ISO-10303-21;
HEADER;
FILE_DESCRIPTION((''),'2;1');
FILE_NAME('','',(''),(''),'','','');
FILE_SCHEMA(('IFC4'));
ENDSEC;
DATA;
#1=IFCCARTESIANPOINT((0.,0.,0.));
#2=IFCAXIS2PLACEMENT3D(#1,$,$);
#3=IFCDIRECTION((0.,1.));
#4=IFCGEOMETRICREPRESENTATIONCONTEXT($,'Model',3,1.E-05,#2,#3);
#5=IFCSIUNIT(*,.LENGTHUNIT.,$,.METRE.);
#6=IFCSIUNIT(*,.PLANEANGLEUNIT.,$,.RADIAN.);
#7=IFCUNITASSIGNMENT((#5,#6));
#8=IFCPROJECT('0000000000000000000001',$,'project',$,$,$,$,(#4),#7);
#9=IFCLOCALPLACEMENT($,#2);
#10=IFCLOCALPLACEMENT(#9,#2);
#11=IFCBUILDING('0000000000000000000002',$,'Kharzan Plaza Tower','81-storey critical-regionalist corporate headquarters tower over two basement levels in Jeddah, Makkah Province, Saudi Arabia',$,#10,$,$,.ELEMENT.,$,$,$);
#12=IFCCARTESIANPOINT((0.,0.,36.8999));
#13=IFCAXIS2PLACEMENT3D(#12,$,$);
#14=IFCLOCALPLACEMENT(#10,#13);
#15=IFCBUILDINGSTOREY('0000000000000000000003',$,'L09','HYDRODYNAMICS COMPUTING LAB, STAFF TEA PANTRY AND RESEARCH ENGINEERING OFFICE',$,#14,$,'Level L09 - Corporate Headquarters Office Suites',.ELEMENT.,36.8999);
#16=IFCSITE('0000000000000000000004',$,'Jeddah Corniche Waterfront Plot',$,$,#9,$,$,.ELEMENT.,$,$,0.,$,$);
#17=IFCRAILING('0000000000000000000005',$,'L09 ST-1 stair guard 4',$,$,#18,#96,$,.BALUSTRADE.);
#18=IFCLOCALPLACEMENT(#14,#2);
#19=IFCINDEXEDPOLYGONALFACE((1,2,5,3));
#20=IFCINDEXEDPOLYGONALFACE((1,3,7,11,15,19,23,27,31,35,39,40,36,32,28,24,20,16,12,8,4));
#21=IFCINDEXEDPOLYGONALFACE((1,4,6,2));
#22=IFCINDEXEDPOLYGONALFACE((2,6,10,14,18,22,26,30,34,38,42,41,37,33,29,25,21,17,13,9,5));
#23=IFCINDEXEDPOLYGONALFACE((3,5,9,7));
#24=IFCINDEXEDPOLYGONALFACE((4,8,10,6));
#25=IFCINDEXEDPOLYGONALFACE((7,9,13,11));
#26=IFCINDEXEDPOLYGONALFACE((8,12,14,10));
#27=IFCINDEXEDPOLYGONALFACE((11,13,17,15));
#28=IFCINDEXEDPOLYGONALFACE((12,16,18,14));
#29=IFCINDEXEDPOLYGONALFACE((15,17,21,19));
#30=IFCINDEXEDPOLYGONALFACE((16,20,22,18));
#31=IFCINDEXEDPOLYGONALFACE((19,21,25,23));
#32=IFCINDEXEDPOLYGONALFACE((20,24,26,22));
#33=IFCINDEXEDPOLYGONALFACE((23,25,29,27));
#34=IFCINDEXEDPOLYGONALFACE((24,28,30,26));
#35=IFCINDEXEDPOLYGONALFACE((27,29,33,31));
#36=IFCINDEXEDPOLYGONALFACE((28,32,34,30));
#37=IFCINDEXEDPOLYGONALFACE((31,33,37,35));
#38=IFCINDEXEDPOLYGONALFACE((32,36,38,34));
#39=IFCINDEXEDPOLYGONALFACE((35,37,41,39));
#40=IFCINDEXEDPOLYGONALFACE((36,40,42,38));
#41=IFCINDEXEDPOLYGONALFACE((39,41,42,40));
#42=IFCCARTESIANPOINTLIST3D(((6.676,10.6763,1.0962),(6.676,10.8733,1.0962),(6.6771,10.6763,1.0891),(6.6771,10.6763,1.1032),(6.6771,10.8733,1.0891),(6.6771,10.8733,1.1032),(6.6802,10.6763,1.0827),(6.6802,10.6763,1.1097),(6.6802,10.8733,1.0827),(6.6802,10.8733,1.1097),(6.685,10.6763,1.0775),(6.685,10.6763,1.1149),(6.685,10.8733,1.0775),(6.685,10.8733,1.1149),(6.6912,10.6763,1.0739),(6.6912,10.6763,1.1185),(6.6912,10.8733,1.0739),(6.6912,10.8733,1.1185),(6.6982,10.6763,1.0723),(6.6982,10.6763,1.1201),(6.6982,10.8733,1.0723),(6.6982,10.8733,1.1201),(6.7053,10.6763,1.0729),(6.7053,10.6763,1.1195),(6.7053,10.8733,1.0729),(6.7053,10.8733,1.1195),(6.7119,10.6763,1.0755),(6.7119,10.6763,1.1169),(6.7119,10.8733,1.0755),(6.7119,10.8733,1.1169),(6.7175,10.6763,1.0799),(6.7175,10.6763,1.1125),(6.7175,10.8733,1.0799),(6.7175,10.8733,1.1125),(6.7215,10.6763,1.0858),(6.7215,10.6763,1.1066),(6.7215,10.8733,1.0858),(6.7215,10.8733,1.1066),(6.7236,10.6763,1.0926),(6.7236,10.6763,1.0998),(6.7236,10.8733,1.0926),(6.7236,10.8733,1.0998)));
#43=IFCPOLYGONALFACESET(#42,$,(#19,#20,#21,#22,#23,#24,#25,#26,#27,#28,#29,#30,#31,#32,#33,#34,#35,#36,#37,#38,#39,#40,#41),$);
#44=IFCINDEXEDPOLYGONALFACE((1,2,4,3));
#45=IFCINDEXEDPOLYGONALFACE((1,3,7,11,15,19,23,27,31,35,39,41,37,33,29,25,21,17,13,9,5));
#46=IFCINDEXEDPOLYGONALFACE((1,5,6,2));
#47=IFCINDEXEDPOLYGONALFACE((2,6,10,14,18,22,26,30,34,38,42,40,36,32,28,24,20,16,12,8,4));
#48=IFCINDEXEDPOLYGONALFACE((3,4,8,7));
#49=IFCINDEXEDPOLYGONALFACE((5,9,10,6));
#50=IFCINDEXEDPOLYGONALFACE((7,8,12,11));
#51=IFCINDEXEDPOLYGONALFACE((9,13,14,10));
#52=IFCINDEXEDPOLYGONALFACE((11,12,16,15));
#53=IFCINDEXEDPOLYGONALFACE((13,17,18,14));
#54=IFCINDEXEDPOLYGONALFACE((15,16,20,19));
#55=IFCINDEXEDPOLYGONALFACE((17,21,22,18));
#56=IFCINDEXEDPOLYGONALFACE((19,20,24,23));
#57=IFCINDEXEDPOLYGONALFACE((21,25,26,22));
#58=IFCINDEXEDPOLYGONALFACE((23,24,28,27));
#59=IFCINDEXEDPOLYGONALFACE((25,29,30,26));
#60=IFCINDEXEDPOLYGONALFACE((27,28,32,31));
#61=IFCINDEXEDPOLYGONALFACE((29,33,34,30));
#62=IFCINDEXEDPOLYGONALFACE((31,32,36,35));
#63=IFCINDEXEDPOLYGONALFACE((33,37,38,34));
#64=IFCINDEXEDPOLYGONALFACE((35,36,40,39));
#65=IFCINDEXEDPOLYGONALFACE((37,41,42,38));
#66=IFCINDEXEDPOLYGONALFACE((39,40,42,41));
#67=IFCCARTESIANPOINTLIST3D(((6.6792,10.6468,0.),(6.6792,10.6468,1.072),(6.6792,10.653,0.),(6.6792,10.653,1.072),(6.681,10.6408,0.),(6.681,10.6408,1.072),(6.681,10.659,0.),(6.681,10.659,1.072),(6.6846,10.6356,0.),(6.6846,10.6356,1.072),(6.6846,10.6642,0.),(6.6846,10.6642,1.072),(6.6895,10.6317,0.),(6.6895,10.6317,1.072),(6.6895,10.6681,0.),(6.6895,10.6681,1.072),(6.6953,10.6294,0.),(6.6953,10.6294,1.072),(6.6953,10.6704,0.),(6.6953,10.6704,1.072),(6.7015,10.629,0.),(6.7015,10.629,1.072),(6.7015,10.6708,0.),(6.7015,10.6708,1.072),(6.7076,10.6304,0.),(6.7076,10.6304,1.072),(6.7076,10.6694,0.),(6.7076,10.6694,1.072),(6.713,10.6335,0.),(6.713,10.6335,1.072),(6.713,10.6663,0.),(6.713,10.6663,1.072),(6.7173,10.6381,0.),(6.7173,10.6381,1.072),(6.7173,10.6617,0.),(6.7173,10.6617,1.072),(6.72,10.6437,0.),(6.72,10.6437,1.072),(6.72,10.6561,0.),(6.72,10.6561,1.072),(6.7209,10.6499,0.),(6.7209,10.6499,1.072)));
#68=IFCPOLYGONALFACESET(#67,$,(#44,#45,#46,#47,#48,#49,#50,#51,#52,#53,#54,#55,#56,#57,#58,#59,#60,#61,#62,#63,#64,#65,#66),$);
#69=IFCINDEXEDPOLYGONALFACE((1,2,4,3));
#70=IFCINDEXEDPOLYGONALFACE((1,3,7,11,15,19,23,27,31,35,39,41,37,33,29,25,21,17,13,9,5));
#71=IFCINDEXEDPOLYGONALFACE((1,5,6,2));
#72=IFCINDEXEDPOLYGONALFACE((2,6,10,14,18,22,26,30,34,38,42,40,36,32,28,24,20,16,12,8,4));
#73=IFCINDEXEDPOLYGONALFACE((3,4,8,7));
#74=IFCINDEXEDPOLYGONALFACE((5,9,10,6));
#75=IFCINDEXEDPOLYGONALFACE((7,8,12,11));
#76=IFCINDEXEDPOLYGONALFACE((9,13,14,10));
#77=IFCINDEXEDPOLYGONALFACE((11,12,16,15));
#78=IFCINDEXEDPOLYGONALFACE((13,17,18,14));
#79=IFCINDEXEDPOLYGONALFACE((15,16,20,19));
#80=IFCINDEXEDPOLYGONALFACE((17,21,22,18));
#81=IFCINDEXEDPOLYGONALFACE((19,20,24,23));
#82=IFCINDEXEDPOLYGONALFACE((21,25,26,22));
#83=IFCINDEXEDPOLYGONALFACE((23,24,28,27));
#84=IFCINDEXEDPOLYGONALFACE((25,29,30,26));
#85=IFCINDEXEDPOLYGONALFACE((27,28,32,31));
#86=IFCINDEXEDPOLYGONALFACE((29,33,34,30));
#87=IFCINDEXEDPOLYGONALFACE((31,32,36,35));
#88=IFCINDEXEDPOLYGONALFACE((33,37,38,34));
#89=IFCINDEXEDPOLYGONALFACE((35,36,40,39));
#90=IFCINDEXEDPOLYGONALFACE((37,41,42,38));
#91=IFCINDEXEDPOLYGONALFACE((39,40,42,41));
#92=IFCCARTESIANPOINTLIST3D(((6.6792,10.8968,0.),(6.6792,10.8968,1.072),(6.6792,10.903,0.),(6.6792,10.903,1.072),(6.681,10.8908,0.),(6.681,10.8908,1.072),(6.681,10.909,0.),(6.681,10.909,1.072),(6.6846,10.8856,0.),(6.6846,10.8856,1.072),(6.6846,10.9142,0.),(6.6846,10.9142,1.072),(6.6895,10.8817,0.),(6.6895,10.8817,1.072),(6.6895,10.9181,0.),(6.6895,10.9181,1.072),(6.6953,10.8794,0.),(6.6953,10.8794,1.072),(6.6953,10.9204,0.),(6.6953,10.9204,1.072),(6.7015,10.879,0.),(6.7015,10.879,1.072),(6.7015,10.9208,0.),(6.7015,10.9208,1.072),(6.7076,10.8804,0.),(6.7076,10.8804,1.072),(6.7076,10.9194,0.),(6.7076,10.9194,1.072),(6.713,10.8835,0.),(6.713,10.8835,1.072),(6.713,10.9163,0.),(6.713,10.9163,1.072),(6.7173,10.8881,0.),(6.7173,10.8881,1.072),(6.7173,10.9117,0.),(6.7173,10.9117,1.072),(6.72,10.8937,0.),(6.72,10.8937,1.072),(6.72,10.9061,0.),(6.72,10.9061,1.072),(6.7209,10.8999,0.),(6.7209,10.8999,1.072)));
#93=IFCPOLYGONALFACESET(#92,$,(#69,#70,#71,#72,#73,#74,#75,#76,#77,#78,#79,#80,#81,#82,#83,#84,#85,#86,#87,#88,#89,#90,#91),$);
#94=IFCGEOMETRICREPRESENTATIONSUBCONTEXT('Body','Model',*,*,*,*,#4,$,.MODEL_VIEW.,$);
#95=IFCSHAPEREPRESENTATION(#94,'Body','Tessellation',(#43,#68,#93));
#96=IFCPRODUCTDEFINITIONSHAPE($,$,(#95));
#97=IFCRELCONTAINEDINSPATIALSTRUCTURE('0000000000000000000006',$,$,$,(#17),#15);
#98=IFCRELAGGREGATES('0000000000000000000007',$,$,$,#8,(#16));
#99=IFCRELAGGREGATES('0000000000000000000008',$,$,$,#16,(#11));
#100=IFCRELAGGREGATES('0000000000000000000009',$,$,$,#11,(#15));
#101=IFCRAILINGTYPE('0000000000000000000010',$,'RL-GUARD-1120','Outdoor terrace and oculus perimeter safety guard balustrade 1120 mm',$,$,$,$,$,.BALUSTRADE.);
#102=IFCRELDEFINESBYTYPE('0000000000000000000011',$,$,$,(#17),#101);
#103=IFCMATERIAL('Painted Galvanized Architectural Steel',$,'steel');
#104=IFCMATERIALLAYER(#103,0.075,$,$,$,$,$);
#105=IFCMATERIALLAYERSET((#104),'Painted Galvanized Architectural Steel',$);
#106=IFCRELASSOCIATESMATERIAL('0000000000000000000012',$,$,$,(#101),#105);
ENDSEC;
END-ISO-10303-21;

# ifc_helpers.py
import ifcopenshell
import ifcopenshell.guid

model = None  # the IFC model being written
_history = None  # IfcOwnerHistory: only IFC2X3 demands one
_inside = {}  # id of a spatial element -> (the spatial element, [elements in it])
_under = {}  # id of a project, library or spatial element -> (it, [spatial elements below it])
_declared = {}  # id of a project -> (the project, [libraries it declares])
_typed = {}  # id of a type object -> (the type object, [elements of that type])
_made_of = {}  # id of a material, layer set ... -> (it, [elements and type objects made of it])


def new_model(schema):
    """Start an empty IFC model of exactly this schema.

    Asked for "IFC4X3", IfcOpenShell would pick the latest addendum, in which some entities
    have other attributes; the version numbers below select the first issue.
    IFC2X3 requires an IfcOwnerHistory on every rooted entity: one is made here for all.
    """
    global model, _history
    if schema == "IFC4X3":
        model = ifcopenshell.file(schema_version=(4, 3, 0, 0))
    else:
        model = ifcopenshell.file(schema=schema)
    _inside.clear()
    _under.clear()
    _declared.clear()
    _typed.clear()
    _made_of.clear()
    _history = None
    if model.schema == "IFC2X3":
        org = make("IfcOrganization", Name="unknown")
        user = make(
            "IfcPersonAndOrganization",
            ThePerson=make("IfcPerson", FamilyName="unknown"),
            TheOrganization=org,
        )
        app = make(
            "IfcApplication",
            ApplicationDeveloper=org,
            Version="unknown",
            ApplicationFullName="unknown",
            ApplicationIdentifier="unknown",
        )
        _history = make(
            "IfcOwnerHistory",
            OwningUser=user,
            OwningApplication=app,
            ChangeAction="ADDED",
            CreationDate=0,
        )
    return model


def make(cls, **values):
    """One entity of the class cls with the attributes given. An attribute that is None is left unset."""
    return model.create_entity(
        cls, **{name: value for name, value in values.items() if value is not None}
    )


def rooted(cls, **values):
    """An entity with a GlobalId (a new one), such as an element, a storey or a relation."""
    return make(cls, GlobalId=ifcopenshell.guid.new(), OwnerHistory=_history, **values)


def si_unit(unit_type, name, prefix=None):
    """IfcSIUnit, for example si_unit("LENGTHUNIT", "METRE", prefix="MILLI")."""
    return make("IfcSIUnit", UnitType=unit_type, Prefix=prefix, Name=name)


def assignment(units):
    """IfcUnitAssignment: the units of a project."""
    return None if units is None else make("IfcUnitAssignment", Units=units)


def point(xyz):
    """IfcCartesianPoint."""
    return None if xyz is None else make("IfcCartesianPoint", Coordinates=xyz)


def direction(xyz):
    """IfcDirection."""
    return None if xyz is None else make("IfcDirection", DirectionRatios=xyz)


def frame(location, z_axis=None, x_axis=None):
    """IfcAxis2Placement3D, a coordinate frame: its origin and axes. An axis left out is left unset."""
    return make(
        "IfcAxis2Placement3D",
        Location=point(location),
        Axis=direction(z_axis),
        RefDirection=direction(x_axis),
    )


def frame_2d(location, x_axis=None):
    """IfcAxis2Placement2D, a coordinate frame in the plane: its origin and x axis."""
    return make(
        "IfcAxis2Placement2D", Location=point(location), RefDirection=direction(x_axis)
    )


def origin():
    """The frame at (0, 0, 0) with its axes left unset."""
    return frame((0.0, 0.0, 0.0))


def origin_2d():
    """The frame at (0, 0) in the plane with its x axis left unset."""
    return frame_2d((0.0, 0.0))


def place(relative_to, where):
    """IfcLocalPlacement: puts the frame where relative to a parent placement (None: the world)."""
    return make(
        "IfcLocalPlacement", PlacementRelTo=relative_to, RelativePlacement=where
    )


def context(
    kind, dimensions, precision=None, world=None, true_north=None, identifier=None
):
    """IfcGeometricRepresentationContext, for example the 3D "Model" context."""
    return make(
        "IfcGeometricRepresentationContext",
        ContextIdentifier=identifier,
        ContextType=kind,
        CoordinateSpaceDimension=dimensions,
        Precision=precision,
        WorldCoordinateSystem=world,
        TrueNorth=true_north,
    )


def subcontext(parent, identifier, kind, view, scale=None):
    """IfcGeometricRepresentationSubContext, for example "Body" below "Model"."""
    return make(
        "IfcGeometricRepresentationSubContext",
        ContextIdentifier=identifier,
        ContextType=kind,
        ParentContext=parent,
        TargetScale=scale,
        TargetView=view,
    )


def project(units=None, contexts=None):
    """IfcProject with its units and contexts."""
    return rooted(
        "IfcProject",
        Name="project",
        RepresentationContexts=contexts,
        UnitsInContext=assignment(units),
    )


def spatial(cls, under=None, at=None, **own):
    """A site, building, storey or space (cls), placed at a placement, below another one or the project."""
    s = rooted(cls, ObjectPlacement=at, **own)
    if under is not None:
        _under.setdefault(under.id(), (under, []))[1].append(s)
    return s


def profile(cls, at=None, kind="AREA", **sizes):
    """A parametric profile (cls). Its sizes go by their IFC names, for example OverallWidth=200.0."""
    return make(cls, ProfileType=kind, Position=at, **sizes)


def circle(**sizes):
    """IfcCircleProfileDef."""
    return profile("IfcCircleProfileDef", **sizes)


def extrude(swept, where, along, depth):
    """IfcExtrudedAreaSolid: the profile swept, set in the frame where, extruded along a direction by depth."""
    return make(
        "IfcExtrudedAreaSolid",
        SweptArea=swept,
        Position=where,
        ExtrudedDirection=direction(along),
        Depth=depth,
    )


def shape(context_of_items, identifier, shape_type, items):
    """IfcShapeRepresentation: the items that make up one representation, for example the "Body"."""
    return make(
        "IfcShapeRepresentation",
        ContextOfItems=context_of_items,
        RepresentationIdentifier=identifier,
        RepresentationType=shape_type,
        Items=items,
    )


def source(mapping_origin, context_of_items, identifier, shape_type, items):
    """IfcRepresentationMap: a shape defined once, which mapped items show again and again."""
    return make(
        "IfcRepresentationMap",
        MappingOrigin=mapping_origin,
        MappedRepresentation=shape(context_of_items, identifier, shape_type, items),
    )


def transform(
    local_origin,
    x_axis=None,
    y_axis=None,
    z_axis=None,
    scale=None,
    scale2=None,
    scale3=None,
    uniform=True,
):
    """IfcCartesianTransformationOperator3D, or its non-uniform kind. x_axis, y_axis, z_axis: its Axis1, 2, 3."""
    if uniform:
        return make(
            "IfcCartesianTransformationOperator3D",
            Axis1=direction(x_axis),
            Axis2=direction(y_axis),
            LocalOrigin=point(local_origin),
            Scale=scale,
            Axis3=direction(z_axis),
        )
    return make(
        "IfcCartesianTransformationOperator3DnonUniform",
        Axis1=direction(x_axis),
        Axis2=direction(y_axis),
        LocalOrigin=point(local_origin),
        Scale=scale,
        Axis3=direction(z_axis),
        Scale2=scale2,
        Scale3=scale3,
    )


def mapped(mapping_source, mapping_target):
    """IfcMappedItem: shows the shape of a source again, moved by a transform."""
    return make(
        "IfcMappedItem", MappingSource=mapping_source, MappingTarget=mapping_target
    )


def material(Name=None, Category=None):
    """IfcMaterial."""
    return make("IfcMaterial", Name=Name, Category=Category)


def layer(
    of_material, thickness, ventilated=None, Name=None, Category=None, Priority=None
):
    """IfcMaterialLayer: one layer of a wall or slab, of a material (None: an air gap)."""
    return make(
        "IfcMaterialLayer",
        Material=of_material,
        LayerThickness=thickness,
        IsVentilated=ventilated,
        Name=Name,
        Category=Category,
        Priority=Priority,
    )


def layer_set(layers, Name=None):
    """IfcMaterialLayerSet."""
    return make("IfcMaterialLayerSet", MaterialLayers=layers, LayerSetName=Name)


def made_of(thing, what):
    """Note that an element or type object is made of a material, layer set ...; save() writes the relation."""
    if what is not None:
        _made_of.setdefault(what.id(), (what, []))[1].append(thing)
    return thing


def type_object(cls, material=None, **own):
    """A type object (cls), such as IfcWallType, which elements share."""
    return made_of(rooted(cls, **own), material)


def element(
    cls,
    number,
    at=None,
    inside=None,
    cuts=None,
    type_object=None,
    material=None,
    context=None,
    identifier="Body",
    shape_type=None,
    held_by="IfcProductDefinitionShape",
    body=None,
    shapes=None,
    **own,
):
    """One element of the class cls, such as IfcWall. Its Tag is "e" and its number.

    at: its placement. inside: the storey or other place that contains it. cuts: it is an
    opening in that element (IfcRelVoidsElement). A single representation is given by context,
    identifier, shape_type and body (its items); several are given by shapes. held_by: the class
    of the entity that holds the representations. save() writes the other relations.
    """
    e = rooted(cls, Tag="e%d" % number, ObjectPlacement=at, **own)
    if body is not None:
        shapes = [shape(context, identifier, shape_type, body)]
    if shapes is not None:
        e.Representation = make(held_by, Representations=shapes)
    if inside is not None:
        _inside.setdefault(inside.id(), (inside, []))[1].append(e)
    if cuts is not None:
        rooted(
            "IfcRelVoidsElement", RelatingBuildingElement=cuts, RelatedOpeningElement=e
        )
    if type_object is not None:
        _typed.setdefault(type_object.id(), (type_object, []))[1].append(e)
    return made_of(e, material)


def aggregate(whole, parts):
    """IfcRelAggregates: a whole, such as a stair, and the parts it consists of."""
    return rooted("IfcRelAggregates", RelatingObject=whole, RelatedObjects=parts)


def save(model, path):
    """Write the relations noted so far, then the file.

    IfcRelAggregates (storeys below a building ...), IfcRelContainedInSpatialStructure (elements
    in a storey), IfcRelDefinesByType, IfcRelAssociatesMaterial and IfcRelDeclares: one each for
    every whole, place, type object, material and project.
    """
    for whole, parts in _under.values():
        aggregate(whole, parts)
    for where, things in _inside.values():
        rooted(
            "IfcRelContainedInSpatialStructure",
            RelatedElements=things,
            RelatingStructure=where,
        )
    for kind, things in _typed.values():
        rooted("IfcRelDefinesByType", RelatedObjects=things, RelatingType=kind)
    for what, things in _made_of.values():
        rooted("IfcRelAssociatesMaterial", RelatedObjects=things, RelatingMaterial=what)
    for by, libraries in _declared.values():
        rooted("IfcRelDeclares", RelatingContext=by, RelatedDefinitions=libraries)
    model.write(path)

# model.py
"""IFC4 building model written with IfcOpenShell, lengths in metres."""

from ifc_helpers import new_model, si_unit, direction, frame, origin, origin_2d, place, context, subcontext, project, spatial, circle, extrude, source, transform, mapped, material, layer, layer_set, type_object, element, save


model = new_model("IFC4")

# Units and contexts
model_context = context("Model", 3, precision=1e-05, world=origin(), true_north=direction((0.0, 1.0)))
body_context = subcontext(model_context, "Body", "Model", "MODEL_VIEW")
ifc_project = project(units=[si_unit("LENGTHUNIT", "METRE"), si_unit("PLANEANGLEUNIT", "RADIAN")], contexts=[model_context])

# Site, building, storey
site_placement = place(None, origin())
site = spatial("IfcSite", under=ifc_project, at=site_placement, Name="Jeddah Corniche Waterfront Plot", CompositionType="ELEMENT", RefElevation=0.0)
building_placement = place(site_placement, origin())
building = spatial("IfcBuilding", under=site, at=building_placement, Name="Kharzan Plaza Tower", Description="81-storey critical-regionalist corporate headquarters tower over two basement levels in Jeddah, Makkah Province, Saudi Arabia", CompositionType="ELEMENT")
storey_placement = place(building_placement, frame((0.0, 0.0, 36.8999)))
storey = spatial("IfcBuildingStorey", under=building, at=storey_placement, Name="L09", Description="HYDRODYNAMICS COMPUTING LAB, STAFF TEA PANTRY AND RESEARCH ENGINEERING OFFICE", LongName="Level L09 - Corporate Headquarters Office Suites", CompositionType="ELEMENT", Elevation=36.8999)

# Railing
ifc_material_1 = material(Name="Painted Galvanized Architectural Steel", Category="steel")
ifc_layer_1 = layer(ifc_material_1, 0.075)
ifc_layer_set_1 = layer_set([ifc_layer_1], Name="Painted Galvanized Architectural Steel")
railing_type = type_object("IfcRailingType", Name="RL-GUARD-1120", Description="Outdoor terrace and oculus perimeter safety guard balustrade 1120 mm", PredefinedType="BALUSTRADE", material=ifc_layer_set_1)
shared_shape_1 = source(origin(), body_context, "Body", "SweptSolid", [
    extrude(circle(Radius=0.0239, at=origin_2d()), frame((0.0, 0.0264, 1.0962), z_axis=(0.0, 1.0, 0.0), x_axis=(-1.0, 0.0, 0.0)), (0.0, 0.0, 1.0), 0.197),
    extrude(circle(Radius=0.021, at=origin_2d()), origin(), (0.0, 0.0, 1.0), 1.072),
    extrude(circle(Radius=0.021, at=origin_2d()), frame((0.0, 0.25, 0.0)), (0.0, 0.0, 1.0), 1.072),
])
railing_placement = place(storey_placement, frame((6.7, 10.6499, 0.0)))
element("IfcRailing", 1, at=railing_placement, inside=storey, type_object=railing_type, Name="L09 ST-1 stair guard 4", PredefinedType="BALUSTRADE", context=body_context, shape_type="MappedRepresentation", body=[
    mapped(shared_shape_1, transform((0.0, 0.0, 0.0), x_axis=(1.0, 0.0, 0.0), y_axis=(0.0, 1.0, 0.0), z_axis=(0.0, 0.0, 1.0))),
])

save(model, "model.ifc")
